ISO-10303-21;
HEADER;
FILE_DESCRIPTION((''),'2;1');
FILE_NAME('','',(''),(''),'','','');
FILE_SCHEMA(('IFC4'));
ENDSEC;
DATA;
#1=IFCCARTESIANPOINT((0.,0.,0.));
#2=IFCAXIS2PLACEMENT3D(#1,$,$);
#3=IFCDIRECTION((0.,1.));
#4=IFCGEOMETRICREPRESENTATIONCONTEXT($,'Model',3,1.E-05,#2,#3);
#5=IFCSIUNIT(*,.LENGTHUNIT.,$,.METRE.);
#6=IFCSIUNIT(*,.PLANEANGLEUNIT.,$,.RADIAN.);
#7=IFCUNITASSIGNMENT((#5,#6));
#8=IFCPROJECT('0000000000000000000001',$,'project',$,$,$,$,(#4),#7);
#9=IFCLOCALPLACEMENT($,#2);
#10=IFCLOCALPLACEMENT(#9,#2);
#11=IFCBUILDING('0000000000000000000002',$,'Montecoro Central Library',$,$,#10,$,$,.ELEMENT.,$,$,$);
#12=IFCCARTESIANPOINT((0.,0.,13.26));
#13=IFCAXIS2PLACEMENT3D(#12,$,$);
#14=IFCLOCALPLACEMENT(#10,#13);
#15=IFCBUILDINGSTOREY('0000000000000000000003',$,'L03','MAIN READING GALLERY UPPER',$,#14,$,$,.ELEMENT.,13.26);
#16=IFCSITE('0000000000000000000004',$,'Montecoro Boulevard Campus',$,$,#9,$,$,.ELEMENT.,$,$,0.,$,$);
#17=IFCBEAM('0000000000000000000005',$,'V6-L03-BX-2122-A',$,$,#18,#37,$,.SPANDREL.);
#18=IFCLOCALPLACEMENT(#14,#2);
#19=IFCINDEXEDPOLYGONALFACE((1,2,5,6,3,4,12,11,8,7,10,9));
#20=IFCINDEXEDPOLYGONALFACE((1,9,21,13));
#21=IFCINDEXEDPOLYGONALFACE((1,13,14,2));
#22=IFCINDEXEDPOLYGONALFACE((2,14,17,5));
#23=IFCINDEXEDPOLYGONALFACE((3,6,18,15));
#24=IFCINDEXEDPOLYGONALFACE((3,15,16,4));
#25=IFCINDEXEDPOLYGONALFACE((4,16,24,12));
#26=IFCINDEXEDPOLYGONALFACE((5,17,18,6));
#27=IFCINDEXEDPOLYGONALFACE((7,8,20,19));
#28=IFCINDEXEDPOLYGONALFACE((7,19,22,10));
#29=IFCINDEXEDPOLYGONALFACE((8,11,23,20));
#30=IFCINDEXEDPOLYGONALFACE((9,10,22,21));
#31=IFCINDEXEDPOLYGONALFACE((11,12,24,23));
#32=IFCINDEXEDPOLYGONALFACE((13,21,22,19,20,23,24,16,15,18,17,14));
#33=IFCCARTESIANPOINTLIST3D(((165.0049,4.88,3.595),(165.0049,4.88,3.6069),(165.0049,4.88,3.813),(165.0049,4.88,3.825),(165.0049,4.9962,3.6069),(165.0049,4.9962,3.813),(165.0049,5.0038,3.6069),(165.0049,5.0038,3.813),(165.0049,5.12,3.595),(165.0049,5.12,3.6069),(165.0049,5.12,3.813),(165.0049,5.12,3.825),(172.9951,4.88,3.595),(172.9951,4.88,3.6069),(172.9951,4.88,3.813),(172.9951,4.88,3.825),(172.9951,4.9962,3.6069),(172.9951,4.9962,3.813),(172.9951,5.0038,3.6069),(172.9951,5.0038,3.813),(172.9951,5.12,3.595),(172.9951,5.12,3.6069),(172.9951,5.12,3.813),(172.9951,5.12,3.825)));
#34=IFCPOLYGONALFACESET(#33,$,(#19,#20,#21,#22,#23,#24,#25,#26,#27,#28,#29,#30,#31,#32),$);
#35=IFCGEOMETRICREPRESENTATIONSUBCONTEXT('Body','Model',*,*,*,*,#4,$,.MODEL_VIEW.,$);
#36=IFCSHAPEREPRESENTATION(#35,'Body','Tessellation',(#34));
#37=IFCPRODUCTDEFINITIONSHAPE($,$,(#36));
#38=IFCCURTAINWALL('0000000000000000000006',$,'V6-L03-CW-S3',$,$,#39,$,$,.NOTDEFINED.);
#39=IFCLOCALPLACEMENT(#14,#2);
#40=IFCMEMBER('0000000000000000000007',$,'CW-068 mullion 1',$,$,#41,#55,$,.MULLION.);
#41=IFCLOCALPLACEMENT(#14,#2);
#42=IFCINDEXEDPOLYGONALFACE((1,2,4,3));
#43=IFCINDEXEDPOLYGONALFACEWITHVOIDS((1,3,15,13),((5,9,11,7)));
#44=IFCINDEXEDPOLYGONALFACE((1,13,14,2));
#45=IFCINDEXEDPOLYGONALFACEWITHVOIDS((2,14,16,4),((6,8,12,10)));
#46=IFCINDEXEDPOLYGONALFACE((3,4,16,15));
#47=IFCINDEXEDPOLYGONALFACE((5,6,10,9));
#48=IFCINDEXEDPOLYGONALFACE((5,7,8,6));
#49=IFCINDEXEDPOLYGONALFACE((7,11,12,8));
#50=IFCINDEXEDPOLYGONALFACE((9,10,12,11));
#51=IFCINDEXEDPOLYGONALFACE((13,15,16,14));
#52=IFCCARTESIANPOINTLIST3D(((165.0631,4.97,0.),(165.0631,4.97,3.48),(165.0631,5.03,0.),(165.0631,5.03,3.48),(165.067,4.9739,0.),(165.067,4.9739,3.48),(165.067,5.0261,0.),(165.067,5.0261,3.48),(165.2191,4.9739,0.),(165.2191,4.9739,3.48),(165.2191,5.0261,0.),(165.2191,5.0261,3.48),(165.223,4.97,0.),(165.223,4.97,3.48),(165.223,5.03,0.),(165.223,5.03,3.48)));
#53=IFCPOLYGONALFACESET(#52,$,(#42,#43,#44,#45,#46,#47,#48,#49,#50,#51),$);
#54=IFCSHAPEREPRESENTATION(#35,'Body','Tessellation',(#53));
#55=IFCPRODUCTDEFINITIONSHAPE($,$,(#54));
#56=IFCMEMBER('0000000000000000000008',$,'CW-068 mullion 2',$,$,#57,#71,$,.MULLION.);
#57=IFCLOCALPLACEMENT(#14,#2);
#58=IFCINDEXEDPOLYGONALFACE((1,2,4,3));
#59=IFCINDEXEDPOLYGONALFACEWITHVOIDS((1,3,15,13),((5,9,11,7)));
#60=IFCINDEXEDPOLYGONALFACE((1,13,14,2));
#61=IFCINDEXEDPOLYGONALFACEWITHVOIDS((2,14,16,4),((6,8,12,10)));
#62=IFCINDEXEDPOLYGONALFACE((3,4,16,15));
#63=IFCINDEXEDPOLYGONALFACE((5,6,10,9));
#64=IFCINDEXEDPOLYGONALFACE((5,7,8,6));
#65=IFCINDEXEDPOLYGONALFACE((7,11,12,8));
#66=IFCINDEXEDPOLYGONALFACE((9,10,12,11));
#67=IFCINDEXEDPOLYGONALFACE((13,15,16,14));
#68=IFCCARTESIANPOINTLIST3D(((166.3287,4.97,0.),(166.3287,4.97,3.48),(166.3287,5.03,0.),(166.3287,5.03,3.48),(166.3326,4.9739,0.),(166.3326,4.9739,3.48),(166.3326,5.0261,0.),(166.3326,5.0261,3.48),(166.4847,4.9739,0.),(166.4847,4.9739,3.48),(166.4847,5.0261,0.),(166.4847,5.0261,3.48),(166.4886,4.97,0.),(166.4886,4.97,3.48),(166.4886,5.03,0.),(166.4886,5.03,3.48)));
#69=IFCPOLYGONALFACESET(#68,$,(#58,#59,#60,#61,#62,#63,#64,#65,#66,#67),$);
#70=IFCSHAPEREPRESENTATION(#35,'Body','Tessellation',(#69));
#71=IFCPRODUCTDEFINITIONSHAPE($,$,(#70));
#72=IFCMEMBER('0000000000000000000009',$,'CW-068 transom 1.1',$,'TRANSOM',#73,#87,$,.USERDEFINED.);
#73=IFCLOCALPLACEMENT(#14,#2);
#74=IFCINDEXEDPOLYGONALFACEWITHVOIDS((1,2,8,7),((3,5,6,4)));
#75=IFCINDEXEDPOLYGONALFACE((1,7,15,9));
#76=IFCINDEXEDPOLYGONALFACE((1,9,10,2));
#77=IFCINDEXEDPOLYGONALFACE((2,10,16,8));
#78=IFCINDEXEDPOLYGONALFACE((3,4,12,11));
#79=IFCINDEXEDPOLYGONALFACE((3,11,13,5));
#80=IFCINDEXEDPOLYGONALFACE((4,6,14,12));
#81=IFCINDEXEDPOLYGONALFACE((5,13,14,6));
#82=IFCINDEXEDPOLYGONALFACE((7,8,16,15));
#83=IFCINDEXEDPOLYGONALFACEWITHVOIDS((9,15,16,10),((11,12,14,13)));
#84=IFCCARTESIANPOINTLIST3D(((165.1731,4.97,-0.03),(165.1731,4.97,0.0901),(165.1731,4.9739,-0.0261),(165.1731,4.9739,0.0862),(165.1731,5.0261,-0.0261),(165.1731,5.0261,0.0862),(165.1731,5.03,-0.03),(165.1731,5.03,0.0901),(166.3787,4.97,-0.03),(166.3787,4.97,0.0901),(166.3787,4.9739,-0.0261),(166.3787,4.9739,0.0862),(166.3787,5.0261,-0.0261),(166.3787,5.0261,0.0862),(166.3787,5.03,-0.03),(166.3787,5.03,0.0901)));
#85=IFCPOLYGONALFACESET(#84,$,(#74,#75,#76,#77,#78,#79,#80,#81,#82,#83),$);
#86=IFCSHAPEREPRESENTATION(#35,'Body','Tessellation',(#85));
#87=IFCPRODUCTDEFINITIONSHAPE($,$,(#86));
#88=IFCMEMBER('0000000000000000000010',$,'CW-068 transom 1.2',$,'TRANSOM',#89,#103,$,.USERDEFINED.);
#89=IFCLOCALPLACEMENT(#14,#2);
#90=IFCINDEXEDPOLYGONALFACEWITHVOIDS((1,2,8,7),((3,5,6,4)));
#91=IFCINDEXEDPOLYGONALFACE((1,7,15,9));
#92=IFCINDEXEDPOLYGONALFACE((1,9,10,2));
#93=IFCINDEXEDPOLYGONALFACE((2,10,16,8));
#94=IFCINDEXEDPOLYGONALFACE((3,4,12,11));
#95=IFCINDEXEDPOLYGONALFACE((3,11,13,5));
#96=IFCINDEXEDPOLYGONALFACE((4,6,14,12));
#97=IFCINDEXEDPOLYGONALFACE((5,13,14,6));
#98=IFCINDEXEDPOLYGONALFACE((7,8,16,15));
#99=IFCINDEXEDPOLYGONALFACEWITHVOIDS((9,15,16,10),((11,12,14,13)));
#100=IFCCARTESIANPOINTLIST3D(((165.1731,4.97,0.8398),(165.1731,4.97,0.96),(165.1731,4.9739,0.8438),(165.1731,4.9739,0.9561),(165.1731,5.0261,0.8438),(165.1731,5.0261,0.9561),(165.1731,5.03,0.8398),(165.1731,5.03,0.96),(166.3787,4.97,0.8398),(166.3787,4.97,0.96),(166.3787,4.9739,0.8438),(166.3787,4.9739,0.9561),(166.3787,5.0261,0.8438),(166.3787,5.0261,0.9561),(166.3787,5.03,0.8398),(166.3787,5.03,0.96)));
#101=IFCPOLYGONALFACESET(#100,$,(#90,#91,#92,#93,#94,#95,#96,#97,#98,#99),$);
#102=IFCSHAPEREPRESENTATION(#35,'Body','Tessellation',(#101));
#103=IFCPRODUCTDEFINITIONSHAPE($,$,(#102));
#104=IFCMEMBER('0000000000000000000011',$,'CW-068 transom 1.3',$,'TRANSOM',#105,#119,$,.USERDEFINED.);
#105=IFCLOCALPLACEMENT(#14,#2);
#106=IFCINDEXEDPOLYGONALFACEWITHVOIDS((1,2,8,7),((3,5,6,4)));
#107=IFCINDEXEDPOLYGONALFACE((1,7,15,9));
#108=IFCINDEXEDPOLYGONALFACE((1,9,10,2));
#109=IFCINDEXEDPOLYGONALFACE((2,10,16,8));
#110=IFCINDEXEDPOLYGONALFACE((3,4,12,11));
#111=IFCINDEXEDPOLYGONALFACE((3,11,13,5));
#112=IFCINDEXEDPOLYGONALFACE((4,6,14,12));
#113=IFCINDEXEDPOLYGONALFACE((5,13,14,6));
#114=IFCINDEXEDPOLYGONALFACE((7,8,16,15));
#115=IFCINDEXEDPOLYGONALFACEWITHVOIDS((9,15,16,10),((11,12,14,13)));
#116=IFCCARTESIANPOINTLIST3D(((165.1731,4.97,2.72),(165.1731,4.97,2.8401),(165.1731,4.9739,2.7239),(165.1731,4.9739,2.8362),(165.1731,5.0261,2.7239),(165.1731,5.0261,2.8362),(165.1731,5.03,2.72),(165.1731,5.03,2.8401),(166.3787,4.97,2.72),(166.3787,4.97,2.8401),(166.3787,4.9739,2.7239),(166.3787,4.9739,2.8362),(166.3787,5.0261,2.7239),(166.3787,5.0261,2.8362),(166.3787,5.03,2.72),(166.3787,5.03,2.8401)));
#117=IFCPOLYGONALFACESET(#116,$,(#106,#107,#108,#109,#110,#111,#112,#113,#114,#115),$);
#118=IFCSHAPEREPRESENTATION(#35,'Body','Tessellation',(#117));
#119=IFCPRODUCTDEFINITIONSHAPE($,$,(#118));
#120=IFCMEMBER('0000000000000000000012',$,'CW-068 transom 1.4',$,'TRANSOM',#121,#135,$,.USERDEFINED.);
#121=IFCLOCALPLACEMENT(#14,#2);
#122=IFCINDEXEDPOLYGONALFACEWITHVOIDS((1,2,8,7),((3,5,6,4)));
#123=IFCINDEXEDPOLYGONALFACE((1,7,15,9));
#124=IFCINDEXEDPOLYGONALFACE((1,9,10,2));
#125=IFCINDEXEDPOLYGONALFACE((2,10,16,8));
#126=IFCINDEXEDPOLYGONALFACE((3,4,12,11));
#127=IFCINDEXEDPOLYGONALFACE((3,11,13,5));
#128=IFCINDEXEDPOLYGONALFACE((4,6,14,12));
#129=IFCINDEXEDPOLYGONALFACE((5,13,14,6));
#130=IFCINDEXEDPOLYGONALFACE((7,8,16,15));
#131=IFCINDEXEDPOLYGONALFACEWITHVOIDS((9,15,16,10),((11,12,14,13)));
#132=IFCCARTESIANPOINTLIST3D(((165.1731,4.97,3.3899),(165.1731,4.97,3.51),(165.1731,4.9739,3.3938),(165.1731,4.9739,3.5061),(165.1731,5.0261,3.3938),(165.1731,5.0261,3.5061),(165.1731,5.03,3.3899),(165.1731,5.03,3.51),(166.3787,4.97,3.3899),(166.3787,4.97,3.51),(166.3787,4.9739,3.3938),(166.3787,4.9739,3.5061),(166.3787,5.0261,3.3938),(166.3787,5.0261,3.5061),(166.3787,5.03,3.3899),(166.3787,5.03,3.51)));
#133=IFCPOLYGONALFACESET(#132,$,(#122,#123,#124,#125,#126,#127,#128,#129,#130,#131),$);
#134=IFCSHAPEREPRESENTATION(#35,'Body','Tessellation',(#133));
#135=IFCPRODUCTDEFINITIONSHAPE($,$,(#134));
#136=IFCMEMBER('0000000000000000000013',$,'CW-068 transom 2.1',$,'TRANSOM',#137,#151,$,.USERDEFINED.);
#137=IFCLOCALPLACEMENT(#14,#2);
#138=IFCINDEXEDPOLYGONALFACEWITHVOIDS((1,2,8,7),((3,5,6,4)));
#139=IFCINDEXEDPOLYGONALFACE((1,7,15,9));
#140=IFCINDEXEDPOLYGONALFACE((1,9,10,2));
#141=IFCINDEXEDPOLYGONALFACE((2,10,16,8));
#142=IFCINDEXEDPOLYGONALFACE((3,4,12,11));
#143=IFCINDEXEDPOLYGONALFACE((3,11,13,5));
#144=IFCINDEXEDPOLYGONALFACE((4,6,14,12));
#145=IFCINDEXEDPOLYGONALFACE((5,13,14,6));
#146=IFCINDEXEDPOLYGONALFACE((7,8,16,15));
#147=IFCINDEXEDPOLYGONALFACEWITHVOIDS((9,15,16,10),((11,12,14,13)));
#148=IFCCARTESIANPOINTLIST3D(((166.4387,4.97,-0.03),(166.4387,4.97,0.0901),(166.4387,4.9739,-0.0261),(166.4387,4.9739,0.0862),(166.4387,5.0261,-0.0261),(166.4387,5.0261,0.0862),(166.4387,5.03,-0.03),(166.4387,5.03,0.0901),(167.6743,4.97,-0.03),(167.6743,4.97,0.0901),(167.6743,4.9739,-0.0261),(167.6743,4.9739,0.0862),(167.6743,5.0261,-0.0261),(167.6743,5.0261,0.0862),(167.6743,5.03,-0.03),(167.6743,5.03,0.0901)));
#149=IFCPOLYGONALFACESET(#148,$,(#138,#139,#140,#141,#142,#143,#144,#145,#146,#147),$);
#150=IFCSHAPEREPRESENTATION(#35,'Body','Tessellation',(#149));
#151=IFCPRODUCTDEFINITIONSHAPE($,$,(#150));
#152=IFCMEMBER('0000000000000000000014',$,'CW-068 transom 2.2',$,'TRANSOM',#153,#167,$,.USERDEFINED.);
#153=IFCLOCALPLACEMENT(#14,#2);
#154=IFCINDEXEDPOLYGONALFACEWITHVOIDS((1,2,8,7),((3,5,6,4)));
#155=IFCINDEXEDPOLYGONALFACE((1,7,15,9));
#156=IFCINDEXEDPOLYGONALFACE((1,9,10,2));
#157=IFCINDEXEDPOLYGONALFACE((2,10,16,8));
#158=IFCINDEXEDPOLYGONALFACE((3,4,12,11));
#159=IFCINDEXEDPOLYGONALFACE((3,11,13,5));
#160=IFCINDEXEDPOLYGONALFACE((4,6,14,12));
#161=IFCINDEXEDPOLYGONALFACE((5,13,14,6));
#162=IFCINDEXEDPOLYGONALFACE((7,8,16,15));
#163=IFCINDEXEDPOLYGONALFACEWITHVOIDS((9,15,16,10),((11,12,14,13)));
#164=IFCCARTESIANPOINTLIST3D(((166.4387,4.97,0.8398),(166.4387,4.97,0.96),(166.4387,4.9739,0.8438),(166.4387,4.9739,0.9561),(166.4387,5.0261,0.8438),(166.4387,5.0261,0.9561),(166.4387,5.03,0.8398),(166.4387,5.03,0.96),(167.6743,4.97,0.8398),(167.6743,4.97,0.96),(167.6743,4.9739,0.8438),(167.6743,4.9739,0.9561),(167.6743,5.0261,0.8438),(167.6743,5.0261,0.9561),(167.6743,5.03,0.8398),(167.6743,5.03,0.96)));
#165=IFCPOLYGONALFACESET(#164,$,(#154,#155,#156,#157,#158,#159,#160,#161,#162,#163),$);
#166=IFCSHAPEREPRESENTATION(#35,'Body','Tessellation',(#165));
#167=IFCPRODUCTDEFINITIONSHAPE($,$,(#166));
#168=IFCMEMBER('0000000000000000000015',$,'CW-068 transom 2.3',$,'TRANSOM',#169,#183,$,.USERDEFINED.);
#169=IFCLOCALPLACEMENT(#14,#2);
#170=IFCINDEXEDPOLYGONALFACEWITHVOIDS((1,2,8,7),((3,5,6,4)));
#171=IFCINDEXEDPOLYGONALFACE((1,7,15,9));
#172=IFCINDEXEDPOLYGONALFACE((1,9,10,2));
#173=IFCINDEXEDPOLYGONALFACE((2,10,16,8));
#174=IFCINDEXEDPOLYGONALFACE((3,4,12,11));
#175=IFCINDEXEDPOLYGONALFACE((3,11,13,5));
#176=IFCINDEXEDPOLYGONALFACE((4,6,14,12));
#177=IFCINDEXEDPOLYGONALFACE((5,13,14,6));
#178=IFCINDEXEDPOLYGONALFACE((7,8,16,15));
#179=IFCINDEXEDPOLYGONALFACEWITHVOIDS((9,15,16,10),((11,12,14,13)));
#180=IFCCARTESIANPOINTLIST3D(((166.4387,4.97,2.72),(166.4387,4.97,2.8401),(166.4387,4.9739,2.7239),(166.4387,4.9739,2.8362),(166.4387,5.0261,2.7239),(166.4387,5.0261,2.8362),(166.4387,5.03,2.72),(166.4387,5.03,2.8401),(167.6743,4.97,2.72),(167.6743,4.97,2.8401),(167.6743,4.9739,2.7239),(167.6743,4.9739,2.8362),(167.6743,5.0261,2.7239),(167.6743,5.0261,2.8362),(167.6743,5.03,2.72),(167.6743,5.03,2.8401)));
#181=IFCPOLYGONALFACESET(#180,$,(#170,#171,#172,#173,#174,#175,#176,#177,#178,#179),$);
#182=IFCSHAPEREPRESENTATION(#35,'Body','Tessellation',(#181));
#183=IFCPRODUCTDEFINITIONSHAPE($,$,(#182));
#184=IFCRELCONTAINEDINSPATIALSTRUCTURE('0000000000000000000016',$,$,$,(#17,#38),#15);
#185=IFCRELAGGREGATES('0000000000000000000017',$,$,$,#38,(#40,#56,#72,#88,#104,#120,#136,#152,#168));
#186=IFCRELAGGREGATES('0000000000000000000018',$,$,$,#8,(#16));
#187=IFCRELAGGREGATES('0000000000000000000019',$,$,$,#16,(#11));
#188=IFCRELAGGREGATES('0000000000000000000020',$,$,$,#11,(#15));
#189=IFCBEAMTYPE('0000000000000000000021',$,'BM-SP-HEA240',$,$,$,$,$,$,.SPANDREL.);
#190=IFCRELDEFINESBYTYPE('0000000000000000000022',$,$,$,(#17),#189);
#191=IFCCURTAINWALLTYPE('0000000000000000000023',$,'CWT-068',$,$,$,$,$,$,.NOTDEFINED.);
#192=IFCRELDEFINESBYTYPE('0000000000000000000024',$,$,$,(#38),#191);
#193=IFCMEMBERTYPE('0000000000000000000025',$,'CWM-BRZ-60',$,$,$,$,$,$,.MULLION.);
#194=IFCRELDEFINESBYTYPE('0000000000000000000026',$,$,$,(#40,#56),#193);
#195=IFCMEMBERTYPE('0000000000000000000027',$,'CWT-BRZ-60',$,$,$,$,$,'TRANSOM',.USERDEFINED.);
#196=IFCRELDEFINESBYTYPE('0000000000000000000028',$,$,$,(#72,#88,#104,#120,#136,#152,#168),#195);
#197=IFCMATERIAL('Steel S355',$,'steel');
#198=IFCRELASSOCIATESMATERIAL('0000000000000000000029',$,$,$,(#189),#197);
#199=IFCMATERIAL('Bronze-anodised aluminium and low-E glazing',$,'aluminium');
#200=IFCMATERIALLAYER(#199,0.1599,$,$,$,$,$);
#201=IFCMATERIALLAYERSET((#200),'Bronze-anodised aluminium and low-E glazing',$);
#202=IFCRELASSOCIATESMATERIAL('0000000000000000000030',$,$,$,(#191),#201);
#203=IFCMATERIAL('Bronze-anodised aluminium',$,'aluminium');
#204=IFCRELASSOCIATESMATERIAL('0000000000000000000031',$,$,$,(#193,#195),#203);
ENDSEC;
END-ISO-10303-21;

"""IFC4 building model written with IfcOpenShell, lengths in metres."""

from ifc_helpers import new_model, si_unit, direction, frame, origin, origin_2d, place, context, subcontext, project, spatial, hollow_rectangle, i_section, extrude, material, layer, layer_set, material_profile, profile_set, type_object, element, aggregate, save


model = new_model("IFC4")

# Units and contexts
model_context = context("Model", 3, precision=1e-05, world=origin(), true_north=direction((0.0, 1.0)))
body_context = subcontext(model_context, "Body", "Model", "MODEL_VIEW")
ifc_project = project(units=[si_unit("LENGTHUNIT", "METRE"), si_unit("PLANEANGLEUNIT", "RADIAN")], contexts=[model_context])

# Site, building, storey
site_placement = place(None, origin())
site = spatial("IfcSite", under=ifc_project, at=site_placement, Name="Montecoro Boulevard Campus", CompositionType="ELEMENT", RefElevation=0.0)
building_placement = place(site_placement, origin())
building = spatial("IfcBuilding", under=site, at=building_placement, Name="Montecoro Central Library", CompositionType="ELEMENT")
storey_placement = place(building_placement, frame((0.0, 0.0, 13.26)))
storey = spatial("IfcBuildingStorey", under=building, at=storey_placement, Name="L03", Description="MAIN READING GALLERY UPPER", CompositionType="ELEMENT", Elevation=13.26)

# Shared definitions
ifc_material_1 = material(Name="Steel S355", Category="steel")

# Beam
ifc_material_profile_1 = material_profile(ifc_material_1, i_section(OverallWidth=0.24, OverallDepth=0.23, WebThickness=0.0076, FlangeThickness=0.012, at=origin_2d()), Name="HEA 240")
ifc_profile_set_1 = profile_set([ifc_material_profile_1], Name="Steel S355")
beam_type_1 = type_object("IfcBeamType", Name="BM-SP-HEA240", PredefinedType="SPANDREL", material=ifc_profile_set_1)
beam_1_placement = place(storey_placement, frame((165.0049, 5.0, 3.71), z_axis=(1.0, 0.0, 0.0), x_axis=(0.0, 1.0, 0.0)))
element("IfcBeam", 1, at=beam_1_placement, inside=storey, type_object=beam_type_1, Name="V6-L03-BX-2122-A", PredefinedType="SPANDREL", context=body_context, shape_type="SweptSolid", body=[
    extrude(i_section(OverallWidth=0.24, OverallDepth=0.23, WebThickness=0.0076, FlangeThickness=0.012, at=origin_2d()), origin(), (0.0, 0.0, 1.0), 7.9902),
])

# Curtain wall, members
ifc_material_2 = material(Name="Bronze-anodised aluminium and low-E glazing", Category="aluminium")
ifc_layer_1 = layer(ifc_material_2, 0.1599)
ifc_layer_set_1 = layer_set([ifc_layer_1], Name="Bronze-anodised aluminium and low-E glazing")
curtain_wall_type = type_object("IfcCurtainWallType", Name="CWT-068", PredefinedType="NOTDEFINED", material=ifc_layer_set_1)
curtain_wall_placement = place(storey_placement, origin())
curtain_wall = element("IfcCurtainWall", 2, at=curtain_wall_placement, inside=storey, type_object=curtain_wall_type, Name="V6-L03-CW-S3", PredefinedType="NOTDEFINED")
ifc_material_3 = material(Name="Bronze-anodised aluminium", Category="aluminium")
ifc_material_profile_2 = material_profile(ifc_material_3, hollow_rectangle(XDim=0.0601, YDim=0.1599, WallThickness=0.0039, at=origin_2d()), Name="CWM 160x60x4.0")
ifc_profile_set_2 = profile_set([ifc_material_profile_2], Name="Bronze-anodised aluminium")
member_type_1 = type_object("IfcMemberType", Name="CWM-BRZ-60", PredefinedType="MULLION", material=ifc_profile_set_2)
member_1_placement = place(storey_placement, frame((165.1431, 5.0, 0.0), z_axis=(0.0, 0.0, 1.0), x_axis=(0.0, 1.0, 0.0)))
member_1 = element("IfcMember", 3, at=member_1_placement, type_object=member_type_1, Name="CW-068 mullion 1", PredefinedType="MULLION", context=body_context, shape_type="SweptSolid", body=[
    extrude(hollow_rectangle(XDim=0.0601, YDim=0.1599, WallThickness=0.0039, at=origin_2d()), origin(), (0.0, 0.0, 1.0), 3.48),
])
member_2_placement = place(storey_placement, frame((166.4087, 5.0, 0.0), z_axis=(0.0, 0.0, 1.0), x_axis=(0.0, 1.0, 0.0)))
member_2 = element("IfcMember", 4, at=member_2_placement, type_object=member_type_1, Name="CW-068 mullion 2", PredefinedType="MULLION", context=body_context, shape_type="SweptSolid", body=[
    extrude(hollow_rectangle(XDim=0.0601, YDim=0.1599, WallThickness=0.0039, at=origin_2d()), origin(), (0.0, 0.0, 1.0), 3.48),
])
ifc_material_profile_3 = material_profile(ifc_material_3, hollow_rectangle(XDim=0.0601, YDim=0.1201, WallThickness=0.0039, at=origin_2d()), Name="CWT 120x60x4.0")
ifc_profile_set_3 = profile_set([ifc_material_profile_3], Name="Bronze-anodised aluminium")
member_type_2 = type_object("IfcMemberType", Name="CWT-BRZ-60", ElementType="TRANSOM", PredefinedType="USERDEFINED", material=ifc_profile_set_3)
member_3_placement = place(storey_placement, frame((165.1731, 5.0, 0.03), z_axis=(1.0, 0.0, 0.0), x_axis=(0.0, 1.0, 0.0)))
member_3 = element("IfcMember", 5, at=member_3_placement, type_object=member_type_2, Name="CW-068 transom 1.1", ObjectType="TRANSOM", PredefinedType="USERDEFINED", context=body_context, shape_type="SweptSolid", body=[
    extrude(hollow_rectangle(XDim=0.0601, YDim=0.1201, WallThickness=0.0039, at=origin_2d()), origin(), (0.0, 0.0, 1.0), 1.2056),
])
member_4_placement = place(storey_placement, frame((165.1731, 5.0, 0.8999), z_axis=(1.0, 0.0, 0.0), x_axis=(0.0, 1.0, 0.0)))
member_4 = element("IfcMember", 6, at=member_4_placement, type_object=member_type_2, Name="CW-068 transom 1.2", ObjectType="TRANSOM", PredefinedType="USERDEFINED", context=body_context, shape_type="SweptSolid", body=[
    extrude(hollow_rectangle(XDim=0.0601, YDim=0.1201, WallThickness=0.0039, at=origin_2d()), origin(), (0.0, 0.0, 1.0), 1.2056),
])
member_5_placement = place(storey_placement, frame((165.1731, 5.0, 2.78), z_axis=(1.0, 0.0, 0.0), x_axis=(0.0, 1.0, 0.0)))
member_5 = element("IfcMember", 7, at=member_5_placement, type_object=member_type_2, Name="CW-068 transom 1.3", ObjectType="TRANSOM", PredefinedType="USERDEFINED", context=body_context, shape_type="SweptSolid", body=[
    extrude(hollow_rectangle(XDim=0.0601, YDim=0.1201, WallThickness=0.0039, at=origin_2d()), origin(), (0.0, 0.0, 1.0), 1.2056),
])
member_6_placement = place(storey_placement, frame((165.1731, 5.0, 3.45), z_axis=(1.0, 0.0, 0.0), x_axis=(0.0, 1.0, 0.0)))
member_6 = element("IfcMember", 8, at=member_6_placement, type_object=member_type_2, Name="CW-068 transom 1.4", ObjectType="TRANSOM", PredefinedType="USERDEFINED", context=body_context, shape_type="SweptSolid", body=[
    extrude(hollow_rectangle(XDim=0.0601, YDim=0.1201, WallThickness=0.0039, at=origin_2d()), origin(), (0.0, 0.0, 1.0), 1.2056),
])
member_7_placement = place(storey_placement, frame((166.4387, 5.0, 0.03), z_axis=(1.0, 0.0, 0.0), x_axis=(0.0, 1.0, 0.0)))
member_7 = element("IfcMember", 9, at=member_7_placement, type_object=member_type_2, Name="CW-068 transom 2.1", ObjectType="TRANSOM", PredefinedType="USERDEFINED", context=body_context, shape_type="SweptSolid", body=[
    extrude(hollow_rectangle(XDim=0.0601, YDim=0.1201, WallThickness=0.0039, at=origin_2d()), origin(), (0.0, 0.0, 1.0), 1.2356),
])
member_8_placement = place(storey_placement, frame((166.4387, 5.0, 0.8999), z_axis=(1.0, 0.0, 0.0), x_axis=(0.0, 1.0, 0.0)))
member_8 = element("IfcMember", 10, at=member_8_placement, type_object=member_type_2, Name="CW-068 transom 2.2", ObjectType="TRANSOM", PredefinedType="USERDEFINED", context=body_context, shape_type="SweptSolid", body=[
    extrude(hollow_rectangle(XDim=0.0601, YDim=0.1201, WallThickness=0.0039, at=origin_2d()), origin(), (0.0, 0.0, 1.0), 1.2356),
])
member_9_placement = place(storey_placement, frame((166.4387, 5.0, 2.78), z_axis=(1.0, 0.0, 0.0), x_axis=(0.0, 1.0, 0.0)))
member_9 = element("IfcMember", 11, at=member_9_placement, type_object=member_type_2, Name="CW-068 transom 2.3", ObjectType="TRANSOM", PredefinedType="USERDEFINED", context=body_context, shape_type="SweptSolid", body=[
    extrude(hollow_rectangle(XDim=0.0601, YDim=0.1201, WallThickness=0.0039, at=origin_2d()), origin(), (0.0, 0.0, 1.0), 1.2356),
])
aggregate(curtain_wall, [member_1, member_2, member_3, member_4, member_5, member_6, member_7, member_8, member_9])

save(model, "model.ifc")
